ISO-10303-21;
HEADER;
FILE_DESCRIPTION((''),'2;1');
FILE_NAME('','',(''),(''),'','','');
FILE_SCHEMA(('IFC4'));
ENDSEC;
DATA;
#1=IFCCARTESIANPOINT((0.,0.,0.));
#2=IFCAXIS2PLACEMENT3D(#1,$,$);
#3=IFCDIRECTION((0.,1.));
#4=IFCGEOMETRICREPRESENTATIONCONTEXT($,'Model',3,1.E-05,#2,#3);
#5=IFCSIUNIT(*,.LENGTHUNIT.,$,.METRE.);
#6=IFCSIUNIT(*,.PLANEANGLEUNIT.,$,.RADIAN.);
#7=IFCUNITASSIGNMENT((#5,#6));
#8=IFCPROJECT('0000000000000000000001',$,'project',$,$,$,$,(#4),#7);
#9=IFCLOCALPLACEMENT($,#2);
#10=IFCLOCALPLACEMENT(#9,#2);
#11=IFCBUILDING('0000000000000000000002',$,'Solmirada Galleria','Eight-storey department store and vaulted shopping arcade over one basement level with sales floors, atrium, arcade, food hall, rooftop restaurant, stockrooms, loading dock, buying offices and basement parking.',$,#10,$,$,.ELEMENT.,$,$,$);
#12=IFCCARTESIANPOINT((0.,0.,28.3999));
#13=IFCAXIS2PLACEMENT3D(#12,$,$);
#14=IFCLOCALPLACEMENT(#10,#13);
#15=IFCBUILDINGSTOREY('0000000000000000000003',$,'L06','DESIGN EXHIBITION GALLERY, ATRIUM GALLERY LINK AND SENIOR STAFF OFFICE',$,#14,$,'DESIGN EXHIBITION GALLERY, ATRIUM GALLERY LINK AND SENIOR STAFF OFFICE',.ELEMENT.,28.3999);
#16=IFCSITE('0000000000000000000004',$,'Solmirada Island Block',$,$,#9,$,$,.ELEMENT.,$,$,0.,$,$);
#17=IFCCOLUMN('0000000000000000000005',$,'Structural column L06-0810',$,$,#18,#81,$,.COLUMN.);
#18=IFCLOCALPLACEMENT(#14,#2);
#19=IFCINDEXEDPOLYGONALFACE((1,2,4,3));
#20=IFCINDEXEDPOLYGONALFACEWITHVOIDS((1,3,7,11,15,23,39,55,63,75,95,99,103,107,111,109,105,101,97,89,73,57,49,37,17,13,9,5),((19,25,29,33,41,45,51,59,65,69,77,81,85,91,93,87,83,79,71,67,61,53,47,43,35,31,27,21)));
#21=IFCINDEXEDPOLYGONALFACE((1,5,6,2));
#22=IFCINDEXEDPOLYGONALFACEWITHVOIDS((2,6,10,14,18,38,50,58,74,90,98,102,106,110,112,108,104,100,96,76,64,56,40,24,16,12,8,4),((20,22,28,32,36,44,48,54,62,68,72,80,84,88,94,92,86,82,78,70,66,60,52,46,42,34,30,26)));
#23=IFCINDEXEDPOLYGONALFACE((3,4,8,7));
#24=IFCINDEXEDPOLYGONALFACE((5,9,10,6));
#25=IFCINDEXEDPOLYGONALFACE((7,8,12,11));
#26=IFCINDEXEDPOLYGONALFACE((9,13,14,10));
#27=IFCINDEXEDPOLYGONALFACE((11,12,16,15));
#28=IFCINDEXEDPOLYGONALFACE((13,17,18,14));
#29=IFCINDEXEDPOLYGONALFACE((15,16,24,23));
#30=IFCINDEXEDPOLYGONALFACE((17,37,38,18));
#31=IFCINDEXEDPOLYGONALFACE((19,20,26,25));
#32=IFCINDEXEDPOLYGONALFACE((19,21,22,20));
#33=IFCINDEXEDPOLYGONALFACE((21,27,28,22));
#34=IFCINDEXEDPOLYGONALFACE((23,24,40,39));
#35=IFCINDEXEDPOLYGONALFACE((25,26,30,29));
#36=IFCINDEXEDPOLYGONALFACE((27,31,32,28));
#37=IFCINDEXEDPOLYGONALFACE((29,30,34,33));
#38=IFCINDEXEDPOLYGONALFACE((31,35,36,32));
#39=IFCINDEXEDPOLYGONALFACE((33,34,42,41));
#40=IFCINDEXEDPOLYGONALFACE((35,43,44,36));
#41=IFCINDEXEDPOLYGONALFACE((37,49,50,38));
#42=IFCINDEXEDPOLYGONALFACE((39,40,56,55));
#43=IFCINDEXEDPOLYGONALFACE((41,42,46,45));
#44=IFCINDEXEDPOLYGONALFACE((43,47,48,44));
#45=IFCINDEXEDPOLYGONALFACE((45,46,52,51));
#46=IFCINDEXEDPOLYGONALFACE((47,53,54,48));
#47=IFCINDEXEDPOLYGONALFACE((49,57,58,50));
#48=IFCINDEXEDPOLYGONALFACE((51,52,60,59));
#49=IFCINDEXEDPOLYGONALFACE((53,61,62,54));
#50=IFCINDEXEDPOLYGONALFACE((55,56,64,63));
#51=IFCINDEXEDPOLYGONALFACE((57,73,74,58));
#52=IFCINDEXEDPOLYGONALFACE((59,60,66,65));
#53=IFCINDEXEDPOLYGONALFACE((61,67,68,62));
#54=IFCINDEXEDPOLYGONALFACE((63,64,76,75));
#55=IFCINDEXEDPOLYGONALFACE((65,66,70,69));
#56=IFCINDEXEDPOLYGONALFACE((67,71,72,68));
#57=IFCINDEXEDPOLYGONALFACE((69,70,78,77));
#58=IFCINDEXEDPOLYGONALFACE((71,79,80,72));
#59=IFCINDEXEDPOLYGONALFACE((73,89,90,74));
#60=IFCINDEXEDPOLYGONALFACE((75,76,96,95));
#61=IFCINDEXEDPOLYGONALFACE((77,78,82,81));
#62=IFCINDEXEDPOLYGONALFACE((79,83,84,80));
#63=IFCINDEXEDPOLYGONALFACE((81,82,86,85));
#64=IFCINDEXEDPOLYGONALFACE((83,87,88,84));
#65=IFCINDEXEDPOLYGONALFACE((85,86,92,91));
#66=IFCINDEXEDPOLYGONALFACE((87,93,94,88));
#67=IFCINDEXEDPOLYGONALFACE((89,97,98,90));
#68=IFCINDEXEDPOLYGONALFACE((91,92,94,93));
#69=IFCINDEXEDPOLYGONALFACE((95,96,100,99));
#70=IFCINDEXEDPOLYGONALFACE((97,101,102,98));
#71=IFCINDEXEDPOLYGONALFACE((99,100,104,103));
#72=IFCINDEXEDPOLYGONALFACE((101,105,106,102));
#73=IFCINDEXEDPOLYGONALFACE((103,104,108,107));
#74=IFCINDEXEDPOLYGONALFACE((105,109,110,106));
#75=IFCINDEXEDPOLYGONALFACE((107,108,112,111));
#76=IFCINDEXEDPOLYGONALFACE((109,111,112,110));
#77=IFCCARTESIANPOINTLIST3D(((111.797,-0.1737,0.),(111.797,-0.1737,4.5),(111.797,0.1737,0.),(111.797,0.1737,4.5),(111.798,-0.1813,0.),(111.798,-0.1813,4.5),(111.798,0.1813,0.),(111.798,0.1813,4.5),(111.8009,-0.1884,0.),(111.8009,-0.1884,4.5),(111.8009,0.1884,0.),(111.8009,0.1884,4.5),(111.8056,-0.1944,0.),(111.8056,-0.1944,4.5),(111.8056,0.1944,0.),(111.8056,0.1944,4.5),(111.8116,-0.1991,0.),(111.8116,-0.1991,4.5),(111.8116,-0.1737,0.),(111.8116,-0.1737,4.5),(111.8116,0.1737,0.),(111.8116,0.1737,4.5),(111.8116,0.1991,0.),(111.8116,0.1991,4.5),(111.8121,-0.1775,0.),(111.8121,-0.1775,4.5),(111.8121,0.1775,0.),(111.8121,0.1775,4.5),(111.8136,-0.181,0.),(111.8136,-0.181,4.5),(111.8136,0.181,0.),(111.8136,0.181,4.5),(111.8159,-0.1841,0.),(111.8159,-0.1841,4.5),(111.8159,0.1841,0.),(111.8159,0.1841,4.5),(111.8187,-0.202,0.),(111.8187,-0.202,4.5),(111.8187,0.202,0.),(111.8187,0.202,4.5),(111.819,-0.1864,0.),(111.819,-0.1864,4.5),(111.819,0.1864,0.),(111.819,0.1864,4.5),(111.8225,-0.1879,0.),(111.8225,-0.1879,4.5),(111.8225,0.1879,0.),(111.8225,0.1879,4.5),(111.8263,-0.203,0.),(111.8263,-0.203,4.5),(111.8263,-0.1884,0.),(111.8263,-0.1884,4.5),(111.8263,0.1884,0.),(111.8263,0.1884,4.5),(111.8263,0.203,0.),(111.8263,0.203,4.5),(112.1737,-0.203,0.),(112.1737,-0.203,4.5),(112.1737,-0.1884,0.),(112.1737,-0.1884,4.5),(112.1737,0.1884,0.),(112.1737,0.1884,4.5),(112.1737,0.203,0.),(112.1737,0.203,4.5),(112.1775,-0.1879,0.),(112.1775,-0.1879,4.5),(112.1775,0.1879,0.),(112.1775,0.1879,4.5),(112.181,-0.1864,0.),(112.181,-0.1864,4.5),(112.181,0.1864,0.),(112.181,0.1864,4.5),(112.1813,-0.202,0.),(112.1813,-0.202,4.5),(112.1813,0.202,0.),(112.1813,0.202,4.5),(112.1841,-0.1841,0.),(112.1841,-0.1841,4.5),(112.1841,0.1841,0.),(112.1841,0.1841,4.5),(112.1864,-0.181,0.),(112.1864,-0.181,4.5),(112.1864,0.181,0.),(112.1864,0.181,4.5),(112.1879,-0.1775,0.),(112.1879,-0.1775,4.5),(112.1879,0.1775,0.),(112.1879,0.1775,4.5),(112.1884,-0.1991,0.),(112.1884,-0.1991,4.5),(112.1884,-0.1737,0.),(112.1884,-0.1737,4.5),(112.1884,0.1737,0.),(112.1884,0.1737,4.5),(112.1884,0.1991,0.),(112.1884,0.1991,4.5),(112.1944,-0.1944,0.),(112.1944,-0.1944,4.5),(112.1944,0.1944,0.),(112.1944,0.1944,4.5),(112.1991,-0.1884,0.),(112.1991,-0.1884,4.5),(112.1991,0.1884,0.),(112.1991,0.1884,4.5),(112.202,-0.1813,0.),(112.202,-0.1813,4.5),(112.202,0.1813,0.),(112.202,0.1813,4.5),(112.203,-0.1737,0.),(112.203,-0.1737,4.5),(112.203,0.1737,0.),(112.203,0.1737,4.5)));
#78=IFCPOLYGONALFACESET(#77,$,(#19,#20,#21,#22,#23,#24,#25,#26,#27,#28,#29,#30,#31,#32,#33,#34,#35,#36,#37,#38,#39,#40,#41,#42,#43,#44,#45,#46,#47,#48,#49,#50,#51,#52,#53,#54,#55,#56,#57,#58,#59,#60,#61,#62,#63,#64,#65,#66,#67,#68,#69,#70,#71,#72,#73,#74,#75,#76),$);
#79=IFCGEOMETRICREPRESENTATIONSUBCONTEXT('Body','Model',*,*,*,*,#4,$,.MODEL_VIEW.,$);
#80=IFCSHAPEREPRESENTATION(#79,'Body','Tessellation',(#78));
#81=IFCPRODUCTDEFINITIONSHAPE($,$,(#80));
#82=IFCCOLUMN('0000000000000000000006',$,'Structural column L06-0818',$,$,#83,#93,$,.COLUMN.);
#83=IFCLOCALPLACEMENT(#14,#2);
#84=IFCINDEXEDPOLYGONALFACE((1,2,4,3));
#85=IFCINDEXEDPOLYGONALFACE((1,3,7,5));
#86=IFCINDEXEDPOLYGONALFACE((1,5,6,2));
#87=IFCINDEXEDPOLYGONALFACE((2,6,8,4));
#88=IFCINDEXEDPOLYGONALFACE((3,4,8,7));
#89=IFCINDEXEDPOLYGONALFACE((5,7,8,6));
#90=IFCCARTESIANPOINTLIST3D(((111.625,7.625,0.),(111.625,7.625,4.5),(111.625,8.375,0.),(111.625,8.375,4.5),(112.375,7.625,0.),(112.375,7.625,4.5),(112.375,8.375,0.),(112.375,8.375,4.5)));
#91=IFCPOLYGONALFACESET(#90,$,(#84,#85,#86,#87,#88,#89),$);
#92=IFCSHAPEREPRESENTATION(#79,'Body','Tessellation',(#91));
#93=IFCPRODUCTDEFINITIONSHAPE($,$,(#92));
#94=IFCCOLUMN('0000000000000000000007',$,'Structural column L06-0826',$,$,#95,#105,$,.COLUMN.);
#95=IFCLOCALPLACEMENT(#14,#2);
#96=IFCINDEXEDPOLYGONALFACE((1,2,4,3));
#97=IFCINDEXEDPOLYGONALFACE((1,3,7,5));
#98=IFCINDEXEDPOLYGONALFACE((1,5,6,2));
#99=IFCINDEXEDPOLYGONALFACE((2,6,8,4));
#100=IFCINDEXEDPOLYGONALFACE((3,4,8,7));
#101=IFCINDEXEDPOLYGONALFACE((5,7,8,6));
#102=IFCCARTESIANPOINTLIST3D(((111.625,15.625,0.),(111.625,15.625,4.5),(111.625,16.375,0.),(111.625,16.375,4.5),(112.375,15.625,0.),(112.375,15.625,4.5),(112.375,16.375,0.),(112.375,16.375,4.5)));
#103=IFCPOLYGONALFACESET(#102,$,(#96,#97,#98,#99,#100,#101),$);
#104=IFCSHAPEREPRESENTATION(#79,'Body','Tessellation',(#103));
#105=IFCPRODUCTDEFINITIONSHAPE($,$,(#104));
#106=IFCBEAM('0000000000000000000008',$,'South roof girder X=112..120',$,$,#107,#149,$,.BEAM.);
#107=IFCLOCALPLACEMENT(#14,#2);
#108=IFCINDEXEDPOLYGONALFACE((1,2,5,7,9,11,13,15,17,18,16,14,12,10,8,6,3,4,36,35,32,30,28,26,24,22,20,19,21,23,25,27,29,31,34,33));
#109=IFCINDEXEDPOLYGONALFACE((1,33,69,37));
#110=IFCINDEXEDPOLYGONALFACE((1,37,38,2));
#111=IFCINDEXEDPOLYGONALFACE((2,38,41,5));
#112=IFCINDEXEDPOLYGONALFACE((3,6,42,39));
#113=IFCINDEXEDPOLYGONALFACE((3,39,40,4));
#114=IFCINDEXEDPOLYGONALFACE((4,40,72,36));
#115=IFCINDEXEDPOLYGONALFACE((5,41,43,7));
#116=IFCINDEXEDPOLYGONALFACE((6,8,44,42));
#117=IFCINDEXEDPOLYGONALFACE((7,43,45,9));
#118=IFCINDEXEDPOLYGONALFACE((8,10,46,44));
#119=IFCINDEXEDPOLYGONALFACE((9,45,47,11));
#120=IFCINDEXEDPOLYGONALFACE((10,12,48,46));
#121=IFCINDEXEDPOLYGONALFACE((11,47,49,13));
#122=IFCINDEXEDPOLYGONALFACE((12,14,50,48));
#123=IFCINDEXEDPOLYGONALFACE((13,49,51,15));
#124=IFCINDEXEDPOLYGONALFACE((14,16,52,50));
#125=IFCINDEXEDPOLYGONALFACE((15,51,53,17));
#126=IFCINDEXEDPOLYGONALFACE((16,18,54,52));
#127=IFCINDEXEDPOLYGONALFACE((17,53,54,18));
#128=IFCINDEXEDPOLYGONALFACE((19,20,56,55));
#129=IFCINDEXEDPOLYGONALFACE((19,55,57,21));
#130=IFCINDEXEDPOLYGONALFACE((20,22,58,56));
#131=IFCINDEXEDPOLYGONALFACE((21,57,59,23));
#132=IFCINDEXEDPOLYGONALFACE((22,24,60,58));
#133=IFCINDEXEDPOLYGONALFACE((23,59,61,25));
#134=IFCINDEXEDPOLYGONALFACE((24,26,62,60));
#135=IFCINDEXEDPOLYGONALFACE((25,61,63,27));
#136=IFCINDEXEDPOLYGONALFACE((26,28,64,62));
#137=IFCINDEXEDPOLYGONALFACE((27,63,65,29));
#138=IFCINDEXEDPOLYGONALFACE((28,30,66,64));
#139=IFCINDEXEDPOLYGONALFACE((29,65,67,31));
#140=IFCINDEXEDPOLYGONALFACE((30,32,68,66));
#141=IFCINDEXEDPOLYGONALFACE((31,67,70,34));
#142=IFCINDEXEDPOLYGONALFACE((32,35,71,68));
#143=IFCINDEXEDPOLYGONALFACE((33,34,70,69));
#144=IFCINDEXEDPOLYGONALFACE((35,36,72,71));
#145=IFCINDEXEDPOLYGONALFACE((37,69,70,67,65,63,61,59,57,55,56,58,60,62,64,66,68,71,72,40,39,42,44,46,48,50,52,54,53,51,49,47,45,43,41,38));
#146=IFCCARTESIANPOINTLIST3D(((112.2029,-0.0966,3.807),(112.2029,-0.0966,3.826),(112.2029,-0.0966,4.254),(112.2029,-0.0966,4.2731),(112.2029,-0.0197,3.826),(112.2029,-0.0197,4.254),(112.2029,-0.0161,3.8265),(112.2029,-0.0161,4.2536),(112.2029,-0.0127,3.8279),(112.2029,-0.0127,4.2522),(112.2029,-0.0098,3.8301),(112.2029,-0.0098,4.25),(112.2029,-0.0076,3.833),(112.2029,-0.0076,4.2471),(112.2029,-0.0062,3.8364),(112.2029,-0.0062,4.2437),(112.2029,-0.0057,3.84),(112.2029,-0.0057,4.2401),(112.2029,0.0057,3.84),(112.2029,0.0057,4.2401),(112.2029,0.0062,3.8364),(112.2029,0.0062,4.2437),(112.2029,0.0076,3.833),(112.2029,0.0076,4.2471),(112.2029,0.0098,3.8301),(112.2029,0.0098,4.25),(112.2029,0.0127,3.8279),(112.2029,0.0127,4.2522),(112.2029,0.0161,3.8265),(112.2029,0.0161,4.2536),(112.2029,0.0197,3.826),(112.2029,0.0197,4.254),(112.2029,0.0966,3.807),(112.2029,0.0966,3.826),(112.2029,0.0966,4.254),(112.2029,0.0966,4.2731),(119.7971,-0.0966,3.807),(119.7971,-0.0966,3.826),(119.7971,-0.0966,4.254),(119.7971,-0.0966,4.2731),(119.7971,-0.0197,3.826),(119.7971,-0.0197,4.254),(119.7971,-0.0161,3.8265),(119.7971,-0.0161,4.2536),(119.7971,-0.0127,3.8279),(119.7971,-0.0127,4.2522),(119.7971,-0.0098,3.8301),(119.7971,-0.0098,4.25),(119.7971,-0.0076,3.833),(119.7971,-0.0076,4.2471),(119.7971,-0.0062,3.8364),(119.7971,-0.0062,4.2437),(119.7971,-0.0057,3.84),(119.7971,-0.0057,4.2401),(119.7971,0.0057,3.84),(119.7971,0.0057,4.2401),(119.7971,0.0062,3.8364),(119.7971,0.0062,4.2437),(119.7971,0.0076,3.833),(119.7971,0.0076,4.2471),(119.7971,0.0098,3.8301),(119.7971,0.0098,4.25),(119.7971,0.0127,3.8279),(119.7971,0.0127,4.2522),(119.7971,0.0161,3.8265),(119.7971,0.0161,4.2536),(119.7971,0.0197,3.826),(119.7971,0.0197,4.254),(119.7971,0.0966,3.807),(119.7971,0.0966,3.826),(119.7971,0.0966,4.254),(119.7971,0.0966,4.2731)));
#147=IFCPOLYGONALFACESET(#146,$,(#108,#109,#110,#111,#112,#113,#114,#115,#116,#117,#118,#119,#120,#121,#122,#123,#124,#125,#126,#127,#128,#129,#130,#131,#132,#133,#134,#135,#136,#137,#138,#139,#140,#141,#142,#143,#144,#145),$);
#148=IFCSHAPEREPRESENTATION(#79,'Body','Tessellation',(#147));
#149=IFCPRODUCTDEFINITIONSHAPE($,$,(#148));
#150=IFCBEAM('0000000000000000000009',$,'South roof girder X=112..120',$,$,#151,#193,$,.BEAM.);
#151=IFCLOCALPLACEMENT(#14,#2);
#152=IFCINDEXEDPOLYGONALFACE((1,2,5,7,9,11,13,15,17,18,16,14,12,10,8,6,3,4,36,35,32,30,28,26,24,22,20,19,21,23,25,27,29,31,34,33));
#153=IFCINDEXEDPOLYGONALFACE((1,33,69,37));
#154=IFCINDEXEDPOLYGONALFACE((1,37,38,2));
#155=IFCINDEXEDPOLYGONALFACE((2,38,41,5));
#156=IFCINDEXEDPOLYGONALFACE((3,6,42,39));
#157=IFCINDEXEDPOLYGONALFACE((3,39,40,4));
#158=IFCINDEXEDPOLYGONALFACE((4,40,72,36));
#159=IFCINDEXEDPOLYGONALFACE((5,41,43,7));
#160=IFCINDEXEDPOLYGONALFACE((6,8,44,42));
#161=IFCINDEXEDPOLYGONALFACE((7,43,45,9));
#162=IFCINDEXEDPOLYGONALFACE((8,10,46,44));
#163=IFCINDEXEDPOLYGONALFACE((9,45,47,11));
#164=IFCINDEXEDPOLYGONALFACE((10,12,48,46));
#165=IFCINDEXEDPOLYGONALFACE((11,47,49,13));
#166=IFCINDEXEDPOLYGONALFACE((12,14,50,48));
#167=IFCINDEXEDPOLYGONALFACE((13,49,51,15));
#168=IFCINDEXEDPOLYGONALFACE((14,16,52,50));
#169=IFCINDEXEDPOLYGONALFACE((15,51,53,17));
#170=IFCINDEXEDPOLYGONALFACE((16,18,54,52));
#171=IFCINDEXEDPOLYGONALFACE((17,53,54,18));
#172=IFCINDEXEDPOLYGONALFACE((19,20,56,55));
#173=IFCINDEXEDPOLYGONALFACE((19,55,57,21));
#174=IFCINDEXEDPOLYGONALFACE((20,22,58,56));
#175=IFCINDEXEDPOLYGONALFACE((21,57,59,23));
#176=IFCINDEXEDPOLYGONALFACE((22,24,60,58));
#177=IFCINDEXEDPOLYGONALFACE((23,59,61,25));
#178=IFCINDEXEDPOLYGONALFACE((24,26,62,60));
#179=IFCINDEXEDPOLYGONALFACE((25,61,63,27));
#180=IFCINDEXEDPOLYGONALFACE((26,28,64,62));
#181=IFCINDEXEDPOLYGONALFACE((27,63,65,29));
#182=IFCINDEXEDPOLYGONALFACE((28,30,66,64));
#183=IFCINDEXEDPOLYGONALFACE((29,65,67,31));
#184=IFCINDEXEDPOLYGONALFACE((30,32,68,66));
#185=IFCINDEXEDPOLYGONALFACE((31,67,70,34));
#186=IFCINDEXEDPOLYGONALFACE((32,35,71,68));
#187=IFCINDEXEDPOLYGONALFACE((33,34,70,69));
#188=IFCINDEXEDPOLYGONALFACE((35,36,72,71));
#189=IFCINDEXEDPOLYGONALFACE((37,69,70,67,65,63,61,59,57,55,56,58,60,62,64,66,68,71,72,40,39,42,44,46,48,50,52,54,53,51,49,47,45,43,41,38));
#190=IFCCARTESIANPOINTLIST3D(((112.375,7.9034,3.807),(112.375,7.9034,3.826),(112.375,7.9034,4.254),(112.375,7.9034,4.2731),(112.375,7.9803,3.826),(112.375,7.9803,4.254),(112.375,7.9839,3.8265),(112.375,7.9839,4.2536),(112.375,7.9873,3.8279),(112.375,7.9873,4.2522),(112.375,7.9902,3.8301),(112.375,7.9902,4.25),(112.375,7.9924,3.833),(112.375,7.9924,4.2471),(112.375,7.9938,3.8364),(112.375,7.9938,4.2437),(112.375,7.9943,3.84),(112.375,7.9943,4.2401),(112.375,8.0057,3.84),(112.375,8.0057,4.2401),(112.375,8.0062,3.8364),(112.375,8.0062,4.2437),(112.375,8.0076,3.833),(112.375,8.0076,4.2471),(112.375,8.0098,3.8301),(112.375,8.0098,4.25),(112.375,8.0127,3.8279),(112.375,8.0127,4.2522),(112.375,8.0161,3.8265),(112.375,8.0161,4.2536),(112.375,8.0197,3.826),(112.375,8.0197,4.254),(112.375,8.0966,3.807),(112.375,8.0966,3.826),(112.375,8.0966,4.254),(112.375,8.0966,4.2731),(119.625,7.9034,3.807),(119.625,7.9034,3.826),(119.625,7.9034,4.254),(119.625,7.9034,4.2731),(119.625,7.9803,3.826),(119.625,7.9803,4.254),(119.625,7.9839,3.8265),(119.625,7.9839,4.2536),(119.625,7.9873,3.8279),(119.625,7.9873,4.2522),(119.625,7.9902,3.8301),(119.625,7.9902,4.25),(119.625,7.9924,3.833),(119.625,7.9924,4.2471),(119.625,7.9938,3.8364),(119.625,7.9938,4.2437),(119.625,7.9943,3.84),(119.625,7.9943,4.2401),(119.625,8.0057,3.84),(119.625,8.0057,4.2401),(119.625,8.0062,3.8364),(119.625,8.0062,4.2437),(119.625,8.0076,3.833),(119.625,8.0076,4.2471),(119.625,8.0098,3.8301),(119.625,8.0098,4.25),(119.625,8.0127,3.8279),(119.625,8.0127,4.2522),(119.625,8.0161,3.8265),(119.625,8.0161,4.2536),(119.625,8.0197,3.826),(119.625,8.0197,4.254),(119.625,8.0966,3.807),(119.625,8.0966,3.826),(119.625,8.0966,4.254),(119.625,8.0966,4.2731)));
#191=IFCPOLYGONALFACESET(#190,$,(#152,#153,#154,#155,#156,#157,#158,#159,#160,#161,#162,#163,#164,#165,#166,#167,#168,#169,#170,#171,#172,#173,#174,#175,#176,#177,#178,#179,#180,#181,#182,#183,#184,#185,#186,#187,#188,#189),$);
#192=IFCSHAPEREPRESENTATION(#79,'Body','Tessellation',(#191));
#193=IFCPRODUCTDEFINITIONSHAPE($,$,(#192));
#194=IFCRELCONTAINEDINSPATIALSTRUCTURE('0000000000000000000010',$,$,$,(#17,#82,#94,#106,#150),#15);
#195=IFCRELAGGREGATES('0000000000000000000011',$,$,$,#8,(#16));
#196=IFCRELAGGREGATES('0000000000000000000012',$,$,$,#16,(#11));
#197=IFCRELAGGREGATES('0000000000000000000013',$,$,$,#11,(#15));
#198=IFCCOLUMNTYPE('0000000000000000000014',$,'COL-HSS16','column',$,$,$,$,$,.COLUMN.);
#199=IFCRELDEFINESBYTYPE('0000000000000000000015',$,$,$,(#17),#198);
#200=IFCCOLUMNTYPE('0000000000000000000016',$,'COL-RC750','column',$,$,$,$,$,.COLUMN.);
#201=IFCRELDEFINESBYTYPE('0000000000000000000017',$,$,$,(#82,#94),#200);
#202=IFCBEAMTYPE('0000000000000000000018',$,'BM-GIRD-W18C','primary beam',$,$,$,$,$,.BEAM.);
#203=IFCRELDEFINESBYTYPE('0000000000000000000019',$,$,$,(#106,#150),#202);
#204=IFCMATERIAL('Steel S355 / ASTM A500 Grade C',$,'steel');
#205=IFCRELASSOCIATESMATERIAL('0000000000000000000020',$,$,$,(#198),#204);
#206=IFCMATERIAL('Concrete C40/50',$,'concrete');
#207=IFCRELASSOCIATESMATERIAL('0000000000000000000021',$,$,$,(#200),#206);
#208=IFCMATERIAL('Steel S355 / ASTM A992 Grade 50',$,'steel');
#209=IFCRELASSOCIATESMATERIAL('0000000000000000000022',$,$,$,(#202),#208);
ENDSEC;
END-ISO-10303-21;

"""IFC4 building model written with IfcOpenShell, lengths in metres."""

from ifc_helpers import new_model, si_unit, direction, frame, origin, origin_2d, place, context, subcontext, project, spatial, rectangle, hollow_rectangle, i_section, extrude, material, material_profile, profile_set, type_object, element, save


model = new_model("IFC4")

# Units and contexts
model_context = context("Model", 3, precision=1e-05, world=origin(), true_north=direction((0.0, 1.0)))
body_context = subcontext(model_context, "Body", "Model", "MODEL_VIEW")
ifc_project = project(units=[si_unit("LENGTHUNIT", "METRE"), si_unit("PLANEANGLEUNIT", "RADIAN")], contexts=[model_context])

# Site, building, storey
site_placement = place(None, origin())
site = spatial("IfcSite", under=ifc_project, at=site_placement, Name="Solmirada Island Block", CompositionType="ELEMENT", RefElevation=0.0)
building_placement = place(site_placement, origin())
building = spatial("IfcBuilding", under=site, at=building_placement, Name="Solmirada Galleria", Description="Eight-storey department store and vaulted shopping arcade over one basement level with sales floors, atrium, arcade, food hall, rooftop restaurant, stockrooms, loading dock, buying offices and basement parking.", CompositionType="ELEMENT")
storey_placement = place(building_placement, frame((0.0, 0.0, 28.3999)))
storey = spatial("IfcBuildingStorey", under=building, at=storey_placement, Name="L06", Description="DESIGN EXHIBITION GALLERY, ATRIUM GALLERY LINK AND SENIOR STAFF OFFICE", LongName="DESIGN EXHIBITION GALLERY, ATRIUM GALLERY LINK AND SENIOR STAFF OFFICE", CompositionType="ELEMENT", Elevation=28.3999)

# Columns
ifc_material_1 = material(Name="Steel S355 / ASTM A500 Grade C", Category="steel")
ifc_material_profile_1 = material_profile(ifc_material_1, hollow_rectangle(XDim=0.406, YDim=0.406, WallThickness=0.0146, InnerFilletRadius=0.0146, OuterFilletRadius=0.0293, at=origin_2d()), Name="HSS16X16X5/8")
ifc_profile_set_1 = profile_set([ifc_material_profile_1], Name="Steel S355 / ASTM A500 Grade C")
column_type_1 = type_object("IfcColumnType", Name="COL-HSS16", Description="column", PredefinedType="COLUMN", material=ifc_profile_set_1)
column_placement = place(storey_placement, frame((112.0, 0.0, 0.0), z_axis=(0.0, 0.0, 1.0), x_axis=(1.0, 0.0, 0.0)))
element("IfcColumn", 1, at=column_placement, inside=storey, type_object=column_type_1, Name="Structural column L06-0810", PredefinedType="COLUMN", context=body_context, shape_type="SweptSolid", body=[
    extrude(hollow_rectangle(XDim=0.406, YDim=0.406, WallThickness=0.0146, InnerFilletRadius=0.0146, OuterFilletRadius=0.0293, at=origin_2d()), origin(), (0.0, 0.0, 1.0), 4.5),
])
ifc_material_2 = material(Name="Concrete C40/50", Category="concrete")
ifc_material_profile_2 = material_profile(ifc_material_2, rectangle(XDim=0.75, YDim=0.75, at=origin_2d()), Name="RC750X750")
ifc_profile_set_2 = profile_set([ifc_material_profile_2], Name="Concrete C40/50")
column_type_2 = type_object("IfcColumnType", Name="COL-RC750", Description="column", PredefinedType="COLUMN", material=ifc_profile_set_2)
for number, where, z_axis, x_axis, name in (
    (2, (112.0, 8.0, 0.0), (0.0, 0.0, 1.0), (1.0, 0.0, 0.0), "Structural column L06-0818"),
    (3, (112.0, 16.0, 0.0), (0.0, 0.0, 1.0), (1.0, 0.0, 0.0), "Structural column L06-0826"),
):
    element("IfcColumn", number, at=place(storey_placement, frame(where, z_axis=z_axis, x_axis=x_axis)), inside=storey, type_object=column_type_2, Name=name, PredefinedType="COLUMN", context=body_context, shape_type="SweptSolid", body=[
        extrude(rectangle(XDim=0.75, YDim=0.75, at=origin_2d()), origin(), (0.0, 0.0, 1.0), 4.5),
    ])

# Beams
ifc_material_3 = material(Name="Steel S355 / ASTM A992 Grade 50", Category="steel")
ifc_material_profile_3 = material_profile(ifc_material_3, i_section(OverallWidth=0.1931, OverallDepth=0.4661, WebThickness=0.0115, FlangeThickness=0.019, FilletRadius=0.0139, at=origin_2d()), Name="W18X65")
ifc_profile_set_3 = profile_set([ifc_material_profile_3], Name="Steel S355 / ASTM A992 Grade 50")
beam_type = type_object("IfcBeamType", Name="BM-GIRD-W18C", Description="primary beam", PredefinedType="BEAM", material=ifc_profile_set_3)
beam_1_placement = place(storey_placement, frame((112.2029, 0.0, 4.04), z_axis=(1.0, 0.0, 0.0), x_axis=(0.0, 1.0, 0.0)))
element("IfcBeam", 4, at=beam_1_placement, inside=storey, type_object=beam_type, Name="South roof girder X=112..120", PredefinedType="BEAM", context=body_context, shape_type="SweptSolid", body=[
    extrude(i_section(OverallWidth=0.1931, OverallDepth=0.4661, WebThickness=0.0115, FlangeThickness=0.019, FilletRadius=0.0139, at=origin_2d()), origin(), (0.0, 0.0, 1.0), 7.5942),
])
for number, where, z_axis, x_axis, name in (
    (5, (112.375, 8.0, 4.04), (1.0, 0.0, 0.0), (0.0, 1.0, 0.0), "South roof girder X=112..120"),
):
    element("IfcBeam", number, at=place(storey_placement, frame(where, z_axis=z_axis, x_axis=x_axis)), inside=storey, type_object=beam_type, Name=name, PredefinedType="BEAM", context=body_context, shape_type="SweptSolid", body=[
        extrude(i_section(OverallWidth=0.1931, OverallDepth=0.4661, WebThickness=0.0115, FlangeThickness=0.019, FilletRadius=0.0139, at=origin_2d()), origin(), (0.0, 0.0, 1.0), 7.25),
    ])

save(model, "model.ifc")
